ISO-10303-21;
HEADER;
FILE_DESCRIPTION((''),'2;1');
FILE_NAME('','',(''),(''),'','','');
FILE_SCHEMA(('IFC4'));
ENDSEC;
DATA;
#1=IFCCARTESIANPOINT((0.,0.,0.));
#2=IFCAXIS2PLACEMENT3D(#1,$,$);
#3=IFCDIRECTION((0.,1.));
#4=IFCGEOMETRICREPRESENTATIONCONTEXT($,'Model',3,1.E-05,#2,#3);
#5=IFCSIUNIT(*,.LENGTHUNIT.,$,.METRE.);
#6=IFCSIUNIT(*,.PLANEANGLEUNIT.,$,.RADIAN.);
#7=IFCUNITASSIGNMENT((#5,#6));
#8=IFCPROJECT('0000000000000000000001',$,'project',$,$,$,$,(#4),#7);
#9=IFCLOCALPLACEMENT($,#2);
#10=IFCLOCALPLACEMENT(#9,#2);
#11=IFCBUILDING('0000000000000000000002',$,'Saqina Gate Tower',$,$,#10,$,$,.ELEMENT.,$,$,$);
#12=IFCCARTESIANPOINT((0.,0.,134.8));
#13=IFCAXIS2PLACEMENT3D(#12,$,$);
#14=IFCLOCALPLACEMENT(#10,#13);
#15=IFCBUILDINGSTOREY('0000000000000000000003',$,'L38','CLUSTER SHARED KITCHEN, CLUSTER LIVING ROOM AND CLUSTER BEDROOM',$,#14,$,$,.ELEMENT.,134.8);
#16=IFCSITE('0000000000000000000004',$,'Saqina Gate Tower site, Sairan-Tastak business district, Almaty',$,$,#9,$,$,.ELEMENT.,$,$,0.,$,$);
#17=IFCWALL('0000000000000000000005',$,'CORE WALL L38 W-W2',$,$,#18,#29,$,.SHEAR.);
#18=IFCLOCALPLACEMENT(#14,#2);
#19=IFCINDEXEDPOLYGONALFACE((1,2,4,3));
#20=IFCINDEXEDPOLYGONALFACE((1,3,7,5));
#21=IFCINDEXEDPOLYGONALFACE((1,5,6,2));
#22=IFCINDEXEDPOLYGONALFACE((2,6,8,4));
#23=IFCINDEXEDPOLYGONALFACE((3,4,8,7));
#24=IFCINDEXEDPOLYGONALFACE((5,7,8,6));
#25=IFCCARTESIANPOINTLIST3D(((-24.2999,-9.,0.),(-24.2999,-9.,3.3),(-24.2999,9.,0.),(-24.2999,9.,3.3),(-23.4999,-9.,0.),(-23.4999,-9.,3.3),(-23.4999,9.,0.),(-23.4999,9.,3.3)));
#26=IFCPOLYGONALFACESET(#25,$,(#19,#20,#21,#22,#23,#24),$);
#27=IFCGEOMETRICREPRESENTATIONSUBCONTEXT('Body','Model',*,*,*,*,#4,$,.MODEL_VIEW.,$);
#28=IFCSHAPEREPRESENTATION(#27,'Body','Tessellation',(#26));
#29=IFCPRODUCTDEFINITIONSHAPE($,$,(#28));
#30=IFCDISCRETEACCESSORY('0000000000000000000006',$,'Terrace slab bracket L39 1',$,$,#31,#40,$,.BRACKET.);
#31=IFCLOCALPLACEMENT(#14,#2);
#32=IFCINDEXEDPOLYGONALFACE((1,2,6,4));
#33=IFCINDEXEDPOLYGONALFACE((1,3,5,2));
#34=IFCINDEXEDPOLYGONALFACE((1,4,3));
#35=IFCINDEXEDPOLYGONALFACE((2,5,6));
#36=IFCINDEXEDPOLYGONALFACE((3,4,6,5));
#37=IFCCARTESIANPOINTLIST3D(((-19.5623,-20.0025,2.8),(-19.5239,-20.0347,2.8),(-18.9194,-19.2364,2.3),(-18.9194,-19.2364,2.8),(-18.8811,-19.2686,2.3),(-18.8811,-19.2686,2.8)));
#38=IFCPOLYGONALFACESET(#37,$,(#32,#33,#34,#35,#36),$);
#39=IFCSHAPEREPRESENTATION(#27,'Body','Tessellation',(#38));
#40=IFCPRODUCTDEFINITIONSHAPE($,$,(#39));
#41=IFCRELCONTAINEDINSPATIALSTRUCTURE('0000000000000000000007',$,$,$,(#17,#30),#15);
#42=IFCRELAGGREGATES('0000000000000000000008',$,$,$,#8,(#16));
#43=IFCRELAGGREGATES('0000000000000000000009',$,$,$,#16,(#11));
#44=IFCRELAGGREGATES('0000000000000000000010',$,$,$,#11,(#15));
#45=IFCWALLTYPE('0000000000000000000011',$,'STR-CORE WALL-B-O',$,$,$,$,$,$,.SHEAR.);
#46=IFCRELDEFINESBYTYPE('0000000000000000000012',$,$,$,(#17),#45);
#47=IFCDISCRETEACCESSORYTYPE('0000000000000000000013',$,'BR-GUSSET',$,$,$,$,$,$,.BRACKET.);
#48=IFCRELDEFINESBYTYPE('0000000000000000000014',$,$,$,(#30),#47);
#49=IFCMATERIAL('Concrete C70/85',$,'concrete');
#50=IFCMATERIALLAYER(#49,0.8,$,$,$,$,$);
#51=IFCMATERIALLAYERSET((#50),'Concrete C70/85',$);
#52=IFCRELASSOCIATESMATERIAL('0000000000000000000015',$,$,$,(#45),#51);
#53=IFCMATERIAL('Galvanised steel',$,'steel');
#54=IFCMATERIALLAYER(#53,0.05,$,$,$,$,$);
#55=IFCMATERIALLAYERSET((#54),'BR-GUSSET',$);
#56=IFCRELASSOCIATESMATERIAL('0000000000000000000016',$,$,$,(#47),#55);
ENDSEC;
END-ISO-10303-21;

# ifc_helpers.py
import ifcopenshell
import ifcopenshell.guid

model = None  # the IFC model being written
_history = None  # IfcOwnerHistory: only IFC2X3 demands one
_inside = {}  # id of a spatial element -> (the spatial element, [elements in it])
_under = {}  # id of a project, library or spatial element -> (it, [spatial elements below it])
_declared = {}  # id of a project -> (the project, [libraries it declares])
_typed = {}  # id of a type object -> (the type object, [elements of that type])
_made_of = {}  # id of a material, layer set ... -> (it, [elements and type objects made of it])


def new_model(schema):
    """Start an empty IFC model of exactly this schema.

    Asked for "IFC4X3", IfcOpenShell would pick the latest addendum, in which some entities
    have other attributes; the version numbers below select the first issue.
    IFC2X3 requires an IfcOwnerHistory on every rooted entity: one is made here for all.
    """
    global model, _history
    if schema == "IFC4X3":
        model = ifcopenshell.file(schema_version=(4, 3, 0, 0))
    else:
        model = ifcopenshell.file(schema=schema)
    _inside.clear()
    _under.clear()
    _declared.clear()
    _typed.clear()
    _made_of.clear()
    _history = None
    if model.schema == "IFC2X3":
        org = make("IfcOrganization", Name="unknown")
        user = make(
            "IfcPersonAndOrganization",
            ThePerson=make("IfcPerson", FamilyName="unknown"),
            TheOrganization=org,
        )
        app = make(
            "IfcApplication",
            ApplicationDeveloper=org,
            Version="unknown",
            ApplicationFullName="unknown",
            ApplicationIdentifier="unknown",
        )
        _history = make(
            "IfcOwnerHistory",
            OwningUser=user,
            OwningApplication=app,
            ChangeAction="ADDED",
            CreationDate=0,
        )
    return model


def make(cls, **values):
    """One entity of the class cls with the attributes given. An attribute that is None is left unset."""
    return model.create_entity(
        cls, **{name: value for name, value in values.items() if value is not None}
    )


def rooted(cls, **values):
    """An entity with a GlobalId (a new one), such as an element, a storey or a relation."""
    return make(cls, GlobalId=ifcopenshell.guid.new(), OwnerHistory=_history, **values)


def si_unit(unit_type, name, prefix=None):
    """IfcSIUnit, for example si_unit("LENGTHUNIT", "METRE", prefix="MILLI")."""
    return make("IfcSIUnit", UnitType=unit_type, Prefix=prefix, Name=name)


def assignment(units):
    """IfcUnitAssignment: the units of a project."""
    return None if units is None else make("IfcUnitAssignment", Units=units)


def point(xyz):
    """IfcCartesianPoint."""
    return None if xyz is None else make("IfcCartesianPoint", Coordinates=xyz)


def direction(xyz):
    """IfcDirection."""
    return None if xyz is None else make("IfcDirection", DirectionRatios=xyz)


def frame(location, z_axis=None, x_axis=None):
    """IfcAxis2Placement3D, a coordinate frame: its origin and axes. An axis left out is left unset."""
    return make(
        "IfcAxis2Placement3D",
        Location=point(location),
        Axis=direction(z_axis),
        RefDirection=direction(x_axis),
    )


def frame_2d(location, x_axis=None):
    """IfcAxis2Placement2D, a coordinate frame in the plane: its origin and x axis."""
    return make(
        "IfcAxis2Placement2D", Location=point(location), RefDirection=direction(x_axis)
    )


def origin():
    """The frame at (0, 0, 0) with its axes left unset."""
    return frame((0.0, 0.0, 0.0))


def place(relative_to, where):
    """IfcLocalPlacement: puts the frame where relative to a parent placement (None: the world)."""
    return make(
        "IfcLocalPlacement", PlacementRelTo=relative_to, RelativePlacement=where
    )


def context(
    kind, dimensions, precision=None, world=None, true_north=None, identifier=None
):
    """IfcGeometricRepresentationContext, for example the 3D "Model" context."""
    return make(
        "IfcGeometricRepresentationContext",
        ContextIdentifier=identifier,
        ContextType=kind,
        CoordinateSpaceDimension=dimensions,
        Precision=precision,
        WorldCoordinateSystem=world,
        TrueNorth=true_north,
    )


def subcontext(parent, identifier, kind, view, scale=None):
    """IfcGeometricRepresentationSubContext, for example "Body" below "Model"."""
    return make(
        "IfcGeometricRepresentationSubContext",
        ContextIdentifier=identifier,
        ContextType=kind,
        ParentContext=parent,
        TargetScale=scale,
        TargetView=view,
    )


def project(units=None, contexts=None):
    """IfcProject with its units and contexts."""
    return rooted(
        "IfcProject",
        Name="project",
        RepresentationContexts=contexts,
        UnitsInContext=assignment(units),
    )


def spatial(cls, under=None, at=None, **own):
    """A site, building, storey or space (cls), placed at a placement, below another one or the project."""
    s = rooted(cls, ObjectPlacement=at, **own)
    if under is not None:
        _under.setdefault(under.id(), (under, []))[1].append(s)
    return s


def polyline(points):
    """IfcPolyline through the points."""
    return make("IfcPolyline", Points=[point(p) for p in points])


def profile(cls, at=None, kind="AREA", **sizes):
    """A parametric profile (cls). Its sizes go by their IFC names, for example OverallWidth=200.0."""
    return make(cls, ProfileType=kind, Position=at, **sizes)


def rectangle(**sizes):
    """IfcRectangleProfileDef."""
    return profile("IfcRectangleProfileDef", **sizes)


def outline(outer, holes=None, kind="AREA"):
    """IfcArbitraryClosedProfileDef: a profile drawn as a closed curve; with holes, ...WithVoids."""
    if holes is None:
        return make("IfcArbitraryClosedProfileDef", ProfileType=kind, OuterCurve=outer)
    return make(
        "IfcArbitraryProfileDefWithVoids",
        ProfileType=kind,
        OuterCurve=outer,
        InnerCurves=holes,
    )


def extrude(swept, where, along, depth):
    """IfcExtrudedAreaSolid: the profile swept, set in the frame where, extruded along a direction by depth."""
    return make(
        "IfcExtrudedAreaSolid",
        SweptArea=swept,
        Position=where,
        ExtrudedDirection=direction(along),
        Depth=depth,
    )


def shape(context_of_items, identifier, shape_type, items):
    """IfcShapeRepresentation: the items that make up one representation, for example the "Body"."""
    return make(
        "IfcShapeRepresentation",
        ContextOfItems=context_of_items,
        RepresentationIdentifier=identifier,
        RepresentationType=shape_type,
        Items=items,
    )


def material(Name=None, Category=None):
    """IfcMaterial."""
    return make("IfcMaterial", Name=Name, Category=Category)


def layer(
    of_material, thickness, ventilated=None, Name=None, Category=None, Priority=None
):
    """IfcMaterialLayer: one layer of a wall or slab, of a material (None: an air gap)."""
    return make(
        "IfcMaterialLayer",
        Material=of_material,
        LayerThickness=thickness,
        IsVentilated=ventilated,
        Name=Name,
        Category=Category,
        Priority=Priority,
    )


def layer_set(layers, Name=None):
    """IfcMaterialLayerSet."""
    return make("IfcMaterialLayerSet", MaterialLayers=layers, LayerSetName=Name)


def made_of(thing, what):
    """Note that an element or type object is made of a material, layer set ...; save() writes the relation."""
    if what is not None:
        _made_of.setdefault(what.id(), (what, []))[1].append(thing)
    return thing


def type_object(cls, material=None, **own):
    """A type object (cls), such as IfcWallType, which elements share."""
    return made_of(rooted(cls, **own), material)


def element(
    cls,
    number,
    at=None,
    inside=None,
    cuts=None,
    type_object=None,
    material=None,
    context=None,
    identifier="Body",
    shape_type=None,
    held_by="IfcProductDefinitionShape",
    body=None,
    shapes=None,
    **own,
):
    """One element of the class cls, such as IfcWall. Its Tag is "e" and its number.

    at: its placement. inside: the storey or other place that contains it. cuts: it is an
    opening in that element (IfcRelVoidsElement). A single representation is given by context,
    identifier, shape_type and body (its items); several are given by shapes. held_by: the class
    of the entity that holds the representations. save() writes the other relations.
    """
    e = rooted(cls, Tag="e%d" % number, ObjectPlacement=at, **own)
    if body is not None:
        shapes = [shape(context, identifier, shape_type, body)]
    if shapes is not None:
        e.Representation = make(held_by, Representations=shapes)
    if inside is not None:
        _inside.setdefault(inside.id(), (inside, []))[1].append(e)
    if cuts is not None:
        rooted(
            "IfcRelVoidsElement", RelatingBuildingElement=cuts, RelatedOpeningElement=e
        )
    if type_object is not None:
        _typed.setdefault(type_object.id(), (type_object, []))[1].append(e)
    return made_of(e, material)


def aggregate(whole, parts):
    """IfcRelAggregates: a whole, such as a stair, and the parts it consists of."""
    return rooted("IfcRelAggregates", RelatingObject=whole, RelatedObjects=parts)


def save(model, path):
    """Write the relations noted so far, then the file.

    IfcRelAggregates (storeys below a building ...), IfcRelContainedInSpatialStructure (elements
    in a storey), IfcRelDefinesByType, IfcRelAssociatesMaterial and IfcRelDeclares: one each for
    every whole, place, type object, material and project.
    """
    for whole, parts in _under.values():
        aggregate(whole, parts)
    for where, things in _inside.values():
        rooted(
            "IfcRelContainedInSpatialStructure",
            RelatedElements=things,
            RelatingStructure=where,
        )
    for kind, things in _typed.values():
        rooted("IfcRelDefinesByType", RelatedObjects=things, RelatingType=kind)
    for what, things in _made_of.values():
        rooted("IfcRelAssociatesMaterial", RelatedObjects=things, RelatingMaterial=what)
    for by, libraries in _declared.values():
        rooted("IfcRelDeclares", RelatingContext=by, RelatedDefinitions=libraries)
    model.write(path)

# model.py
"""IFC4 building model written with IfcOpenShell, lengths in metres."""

from ifc_helpers import new_model, si_unit, direction, frame, frame_2d, origin, place, context, subcontext, project, spatial, polyline, rectangle, outline, extrude, material, layer, layer_set, type_object, element, save


model = new_model("IFC4")

# Units and contexts
model_context = context("Model", 3, precision=1e-05, world=origin(), true_north=direction((0.0, 1.0)))
body_context = subcontext(model_context, "Body", "Model", "MODEL_VIEW")
ifc_project = project(units=[si_unit("LENGTHUNIT", "METRE"), si_unit("PLANEANGLEUNIT", "RADIAN")], contexts=[model_context])

# Site, building, storey
site_placement = place(None, origin())
site = spatial("IfcSite", under=ifc_project, at=site_placement, Name="Saqina Gate Tower site, Sairan-Tastak business district, Almaty", CompositionType="ELEMENT", RefElevation=0.0)
building_placement = place(site_placement, origin())
building = spatial("IfcBuilding", under=site, at=building_placement, Name="Saqina Gate Tower", CompositionType="ELEMENT")
storey_placement = place(building_placement, frame((0.0, 0.0, 134.8)))
storey = spatial("IfcBuildingStorey", under=building, at=storey_placement, Name="L38", Description="CLUSTER SHARED KITCHEN, CLUSTER LIVING ROOM AND CLUSTER BEDROOM", CompositionType="ELEMENT", Elevation=134.8)

# Wall
ifc_material_1 = material(Name="Concrete C70/85", Category="concrete")
ifc_layer_1 = layer(ifc_material_1, 0.8)
ifc_layer_set_1 = layer_set([ifc_layer_1], Name="Concrete C70/85")
wall_type_1 = type_object("IfcWallType", Name="STR-CORE WALL-B-O", PredefinedType="SHEAR", material=ifc_layer_set_1)
wall_1_placement = place(storey_placement, frame((-23.8999, -9.0, 0.0), z_axis=(0.0, 0.0, 1.0), x_axis=(0.0, 1.0, 0.0)))
element("IfcWall", 1, at=wall_1_placement, inside=storey, type_object=wall_type_1, Name="CORE WALL L38 W-W2", PredefinedType="SHEAR", context=body_context, shape_type="SweptSolid", body=[
    extrude(rectangle(XDim=18.0, YDim=0.8, at=frame_2d((9.0, 0.0))), origin(), (0.0, 0.0, 1.0), 3.3),
])

# Discrete accessory
ifc_material_2 = material(Name="Galvanised steel", Category="steel")
ifc_layer_2 = layer(ifc_material_2, 0.05)
ifc_layer_set_2 = layer_set([ifc_layer_2], Name="BR-GUSSET")
discrete_accessory_type = type_object("IfcDiscreteAccessoryType", Name="BR-GUSSET", PredefinedType="BRACKET", material=ifc_layer_set_2)
discrete_accessory_placement = place(storey_placement, frame((-18.8811, -19.2686, 2.3), z_axis=(0.766056, -0.642774, 0.0), x_axis=(0.0, 0.0, 1.0)))
element("IfcDiscreteAccessory", 2, at=discrete_accessory_placement, inside=storey, type_object=discrete_accessory_type, Name="Terrace slab bracket L39 1", PredefinedType="BRACKET", context=body_context, shape_type="SweptSolid", body=[
    extrude(outline(polyline([(0.0, 0.0), (0.5, 0.0), (0.5, 1.0001), (0.0, 0.0)])), origin(), (0.0, 0.0, -1.0), 0.05),
])

save(model, "model.ifc")
